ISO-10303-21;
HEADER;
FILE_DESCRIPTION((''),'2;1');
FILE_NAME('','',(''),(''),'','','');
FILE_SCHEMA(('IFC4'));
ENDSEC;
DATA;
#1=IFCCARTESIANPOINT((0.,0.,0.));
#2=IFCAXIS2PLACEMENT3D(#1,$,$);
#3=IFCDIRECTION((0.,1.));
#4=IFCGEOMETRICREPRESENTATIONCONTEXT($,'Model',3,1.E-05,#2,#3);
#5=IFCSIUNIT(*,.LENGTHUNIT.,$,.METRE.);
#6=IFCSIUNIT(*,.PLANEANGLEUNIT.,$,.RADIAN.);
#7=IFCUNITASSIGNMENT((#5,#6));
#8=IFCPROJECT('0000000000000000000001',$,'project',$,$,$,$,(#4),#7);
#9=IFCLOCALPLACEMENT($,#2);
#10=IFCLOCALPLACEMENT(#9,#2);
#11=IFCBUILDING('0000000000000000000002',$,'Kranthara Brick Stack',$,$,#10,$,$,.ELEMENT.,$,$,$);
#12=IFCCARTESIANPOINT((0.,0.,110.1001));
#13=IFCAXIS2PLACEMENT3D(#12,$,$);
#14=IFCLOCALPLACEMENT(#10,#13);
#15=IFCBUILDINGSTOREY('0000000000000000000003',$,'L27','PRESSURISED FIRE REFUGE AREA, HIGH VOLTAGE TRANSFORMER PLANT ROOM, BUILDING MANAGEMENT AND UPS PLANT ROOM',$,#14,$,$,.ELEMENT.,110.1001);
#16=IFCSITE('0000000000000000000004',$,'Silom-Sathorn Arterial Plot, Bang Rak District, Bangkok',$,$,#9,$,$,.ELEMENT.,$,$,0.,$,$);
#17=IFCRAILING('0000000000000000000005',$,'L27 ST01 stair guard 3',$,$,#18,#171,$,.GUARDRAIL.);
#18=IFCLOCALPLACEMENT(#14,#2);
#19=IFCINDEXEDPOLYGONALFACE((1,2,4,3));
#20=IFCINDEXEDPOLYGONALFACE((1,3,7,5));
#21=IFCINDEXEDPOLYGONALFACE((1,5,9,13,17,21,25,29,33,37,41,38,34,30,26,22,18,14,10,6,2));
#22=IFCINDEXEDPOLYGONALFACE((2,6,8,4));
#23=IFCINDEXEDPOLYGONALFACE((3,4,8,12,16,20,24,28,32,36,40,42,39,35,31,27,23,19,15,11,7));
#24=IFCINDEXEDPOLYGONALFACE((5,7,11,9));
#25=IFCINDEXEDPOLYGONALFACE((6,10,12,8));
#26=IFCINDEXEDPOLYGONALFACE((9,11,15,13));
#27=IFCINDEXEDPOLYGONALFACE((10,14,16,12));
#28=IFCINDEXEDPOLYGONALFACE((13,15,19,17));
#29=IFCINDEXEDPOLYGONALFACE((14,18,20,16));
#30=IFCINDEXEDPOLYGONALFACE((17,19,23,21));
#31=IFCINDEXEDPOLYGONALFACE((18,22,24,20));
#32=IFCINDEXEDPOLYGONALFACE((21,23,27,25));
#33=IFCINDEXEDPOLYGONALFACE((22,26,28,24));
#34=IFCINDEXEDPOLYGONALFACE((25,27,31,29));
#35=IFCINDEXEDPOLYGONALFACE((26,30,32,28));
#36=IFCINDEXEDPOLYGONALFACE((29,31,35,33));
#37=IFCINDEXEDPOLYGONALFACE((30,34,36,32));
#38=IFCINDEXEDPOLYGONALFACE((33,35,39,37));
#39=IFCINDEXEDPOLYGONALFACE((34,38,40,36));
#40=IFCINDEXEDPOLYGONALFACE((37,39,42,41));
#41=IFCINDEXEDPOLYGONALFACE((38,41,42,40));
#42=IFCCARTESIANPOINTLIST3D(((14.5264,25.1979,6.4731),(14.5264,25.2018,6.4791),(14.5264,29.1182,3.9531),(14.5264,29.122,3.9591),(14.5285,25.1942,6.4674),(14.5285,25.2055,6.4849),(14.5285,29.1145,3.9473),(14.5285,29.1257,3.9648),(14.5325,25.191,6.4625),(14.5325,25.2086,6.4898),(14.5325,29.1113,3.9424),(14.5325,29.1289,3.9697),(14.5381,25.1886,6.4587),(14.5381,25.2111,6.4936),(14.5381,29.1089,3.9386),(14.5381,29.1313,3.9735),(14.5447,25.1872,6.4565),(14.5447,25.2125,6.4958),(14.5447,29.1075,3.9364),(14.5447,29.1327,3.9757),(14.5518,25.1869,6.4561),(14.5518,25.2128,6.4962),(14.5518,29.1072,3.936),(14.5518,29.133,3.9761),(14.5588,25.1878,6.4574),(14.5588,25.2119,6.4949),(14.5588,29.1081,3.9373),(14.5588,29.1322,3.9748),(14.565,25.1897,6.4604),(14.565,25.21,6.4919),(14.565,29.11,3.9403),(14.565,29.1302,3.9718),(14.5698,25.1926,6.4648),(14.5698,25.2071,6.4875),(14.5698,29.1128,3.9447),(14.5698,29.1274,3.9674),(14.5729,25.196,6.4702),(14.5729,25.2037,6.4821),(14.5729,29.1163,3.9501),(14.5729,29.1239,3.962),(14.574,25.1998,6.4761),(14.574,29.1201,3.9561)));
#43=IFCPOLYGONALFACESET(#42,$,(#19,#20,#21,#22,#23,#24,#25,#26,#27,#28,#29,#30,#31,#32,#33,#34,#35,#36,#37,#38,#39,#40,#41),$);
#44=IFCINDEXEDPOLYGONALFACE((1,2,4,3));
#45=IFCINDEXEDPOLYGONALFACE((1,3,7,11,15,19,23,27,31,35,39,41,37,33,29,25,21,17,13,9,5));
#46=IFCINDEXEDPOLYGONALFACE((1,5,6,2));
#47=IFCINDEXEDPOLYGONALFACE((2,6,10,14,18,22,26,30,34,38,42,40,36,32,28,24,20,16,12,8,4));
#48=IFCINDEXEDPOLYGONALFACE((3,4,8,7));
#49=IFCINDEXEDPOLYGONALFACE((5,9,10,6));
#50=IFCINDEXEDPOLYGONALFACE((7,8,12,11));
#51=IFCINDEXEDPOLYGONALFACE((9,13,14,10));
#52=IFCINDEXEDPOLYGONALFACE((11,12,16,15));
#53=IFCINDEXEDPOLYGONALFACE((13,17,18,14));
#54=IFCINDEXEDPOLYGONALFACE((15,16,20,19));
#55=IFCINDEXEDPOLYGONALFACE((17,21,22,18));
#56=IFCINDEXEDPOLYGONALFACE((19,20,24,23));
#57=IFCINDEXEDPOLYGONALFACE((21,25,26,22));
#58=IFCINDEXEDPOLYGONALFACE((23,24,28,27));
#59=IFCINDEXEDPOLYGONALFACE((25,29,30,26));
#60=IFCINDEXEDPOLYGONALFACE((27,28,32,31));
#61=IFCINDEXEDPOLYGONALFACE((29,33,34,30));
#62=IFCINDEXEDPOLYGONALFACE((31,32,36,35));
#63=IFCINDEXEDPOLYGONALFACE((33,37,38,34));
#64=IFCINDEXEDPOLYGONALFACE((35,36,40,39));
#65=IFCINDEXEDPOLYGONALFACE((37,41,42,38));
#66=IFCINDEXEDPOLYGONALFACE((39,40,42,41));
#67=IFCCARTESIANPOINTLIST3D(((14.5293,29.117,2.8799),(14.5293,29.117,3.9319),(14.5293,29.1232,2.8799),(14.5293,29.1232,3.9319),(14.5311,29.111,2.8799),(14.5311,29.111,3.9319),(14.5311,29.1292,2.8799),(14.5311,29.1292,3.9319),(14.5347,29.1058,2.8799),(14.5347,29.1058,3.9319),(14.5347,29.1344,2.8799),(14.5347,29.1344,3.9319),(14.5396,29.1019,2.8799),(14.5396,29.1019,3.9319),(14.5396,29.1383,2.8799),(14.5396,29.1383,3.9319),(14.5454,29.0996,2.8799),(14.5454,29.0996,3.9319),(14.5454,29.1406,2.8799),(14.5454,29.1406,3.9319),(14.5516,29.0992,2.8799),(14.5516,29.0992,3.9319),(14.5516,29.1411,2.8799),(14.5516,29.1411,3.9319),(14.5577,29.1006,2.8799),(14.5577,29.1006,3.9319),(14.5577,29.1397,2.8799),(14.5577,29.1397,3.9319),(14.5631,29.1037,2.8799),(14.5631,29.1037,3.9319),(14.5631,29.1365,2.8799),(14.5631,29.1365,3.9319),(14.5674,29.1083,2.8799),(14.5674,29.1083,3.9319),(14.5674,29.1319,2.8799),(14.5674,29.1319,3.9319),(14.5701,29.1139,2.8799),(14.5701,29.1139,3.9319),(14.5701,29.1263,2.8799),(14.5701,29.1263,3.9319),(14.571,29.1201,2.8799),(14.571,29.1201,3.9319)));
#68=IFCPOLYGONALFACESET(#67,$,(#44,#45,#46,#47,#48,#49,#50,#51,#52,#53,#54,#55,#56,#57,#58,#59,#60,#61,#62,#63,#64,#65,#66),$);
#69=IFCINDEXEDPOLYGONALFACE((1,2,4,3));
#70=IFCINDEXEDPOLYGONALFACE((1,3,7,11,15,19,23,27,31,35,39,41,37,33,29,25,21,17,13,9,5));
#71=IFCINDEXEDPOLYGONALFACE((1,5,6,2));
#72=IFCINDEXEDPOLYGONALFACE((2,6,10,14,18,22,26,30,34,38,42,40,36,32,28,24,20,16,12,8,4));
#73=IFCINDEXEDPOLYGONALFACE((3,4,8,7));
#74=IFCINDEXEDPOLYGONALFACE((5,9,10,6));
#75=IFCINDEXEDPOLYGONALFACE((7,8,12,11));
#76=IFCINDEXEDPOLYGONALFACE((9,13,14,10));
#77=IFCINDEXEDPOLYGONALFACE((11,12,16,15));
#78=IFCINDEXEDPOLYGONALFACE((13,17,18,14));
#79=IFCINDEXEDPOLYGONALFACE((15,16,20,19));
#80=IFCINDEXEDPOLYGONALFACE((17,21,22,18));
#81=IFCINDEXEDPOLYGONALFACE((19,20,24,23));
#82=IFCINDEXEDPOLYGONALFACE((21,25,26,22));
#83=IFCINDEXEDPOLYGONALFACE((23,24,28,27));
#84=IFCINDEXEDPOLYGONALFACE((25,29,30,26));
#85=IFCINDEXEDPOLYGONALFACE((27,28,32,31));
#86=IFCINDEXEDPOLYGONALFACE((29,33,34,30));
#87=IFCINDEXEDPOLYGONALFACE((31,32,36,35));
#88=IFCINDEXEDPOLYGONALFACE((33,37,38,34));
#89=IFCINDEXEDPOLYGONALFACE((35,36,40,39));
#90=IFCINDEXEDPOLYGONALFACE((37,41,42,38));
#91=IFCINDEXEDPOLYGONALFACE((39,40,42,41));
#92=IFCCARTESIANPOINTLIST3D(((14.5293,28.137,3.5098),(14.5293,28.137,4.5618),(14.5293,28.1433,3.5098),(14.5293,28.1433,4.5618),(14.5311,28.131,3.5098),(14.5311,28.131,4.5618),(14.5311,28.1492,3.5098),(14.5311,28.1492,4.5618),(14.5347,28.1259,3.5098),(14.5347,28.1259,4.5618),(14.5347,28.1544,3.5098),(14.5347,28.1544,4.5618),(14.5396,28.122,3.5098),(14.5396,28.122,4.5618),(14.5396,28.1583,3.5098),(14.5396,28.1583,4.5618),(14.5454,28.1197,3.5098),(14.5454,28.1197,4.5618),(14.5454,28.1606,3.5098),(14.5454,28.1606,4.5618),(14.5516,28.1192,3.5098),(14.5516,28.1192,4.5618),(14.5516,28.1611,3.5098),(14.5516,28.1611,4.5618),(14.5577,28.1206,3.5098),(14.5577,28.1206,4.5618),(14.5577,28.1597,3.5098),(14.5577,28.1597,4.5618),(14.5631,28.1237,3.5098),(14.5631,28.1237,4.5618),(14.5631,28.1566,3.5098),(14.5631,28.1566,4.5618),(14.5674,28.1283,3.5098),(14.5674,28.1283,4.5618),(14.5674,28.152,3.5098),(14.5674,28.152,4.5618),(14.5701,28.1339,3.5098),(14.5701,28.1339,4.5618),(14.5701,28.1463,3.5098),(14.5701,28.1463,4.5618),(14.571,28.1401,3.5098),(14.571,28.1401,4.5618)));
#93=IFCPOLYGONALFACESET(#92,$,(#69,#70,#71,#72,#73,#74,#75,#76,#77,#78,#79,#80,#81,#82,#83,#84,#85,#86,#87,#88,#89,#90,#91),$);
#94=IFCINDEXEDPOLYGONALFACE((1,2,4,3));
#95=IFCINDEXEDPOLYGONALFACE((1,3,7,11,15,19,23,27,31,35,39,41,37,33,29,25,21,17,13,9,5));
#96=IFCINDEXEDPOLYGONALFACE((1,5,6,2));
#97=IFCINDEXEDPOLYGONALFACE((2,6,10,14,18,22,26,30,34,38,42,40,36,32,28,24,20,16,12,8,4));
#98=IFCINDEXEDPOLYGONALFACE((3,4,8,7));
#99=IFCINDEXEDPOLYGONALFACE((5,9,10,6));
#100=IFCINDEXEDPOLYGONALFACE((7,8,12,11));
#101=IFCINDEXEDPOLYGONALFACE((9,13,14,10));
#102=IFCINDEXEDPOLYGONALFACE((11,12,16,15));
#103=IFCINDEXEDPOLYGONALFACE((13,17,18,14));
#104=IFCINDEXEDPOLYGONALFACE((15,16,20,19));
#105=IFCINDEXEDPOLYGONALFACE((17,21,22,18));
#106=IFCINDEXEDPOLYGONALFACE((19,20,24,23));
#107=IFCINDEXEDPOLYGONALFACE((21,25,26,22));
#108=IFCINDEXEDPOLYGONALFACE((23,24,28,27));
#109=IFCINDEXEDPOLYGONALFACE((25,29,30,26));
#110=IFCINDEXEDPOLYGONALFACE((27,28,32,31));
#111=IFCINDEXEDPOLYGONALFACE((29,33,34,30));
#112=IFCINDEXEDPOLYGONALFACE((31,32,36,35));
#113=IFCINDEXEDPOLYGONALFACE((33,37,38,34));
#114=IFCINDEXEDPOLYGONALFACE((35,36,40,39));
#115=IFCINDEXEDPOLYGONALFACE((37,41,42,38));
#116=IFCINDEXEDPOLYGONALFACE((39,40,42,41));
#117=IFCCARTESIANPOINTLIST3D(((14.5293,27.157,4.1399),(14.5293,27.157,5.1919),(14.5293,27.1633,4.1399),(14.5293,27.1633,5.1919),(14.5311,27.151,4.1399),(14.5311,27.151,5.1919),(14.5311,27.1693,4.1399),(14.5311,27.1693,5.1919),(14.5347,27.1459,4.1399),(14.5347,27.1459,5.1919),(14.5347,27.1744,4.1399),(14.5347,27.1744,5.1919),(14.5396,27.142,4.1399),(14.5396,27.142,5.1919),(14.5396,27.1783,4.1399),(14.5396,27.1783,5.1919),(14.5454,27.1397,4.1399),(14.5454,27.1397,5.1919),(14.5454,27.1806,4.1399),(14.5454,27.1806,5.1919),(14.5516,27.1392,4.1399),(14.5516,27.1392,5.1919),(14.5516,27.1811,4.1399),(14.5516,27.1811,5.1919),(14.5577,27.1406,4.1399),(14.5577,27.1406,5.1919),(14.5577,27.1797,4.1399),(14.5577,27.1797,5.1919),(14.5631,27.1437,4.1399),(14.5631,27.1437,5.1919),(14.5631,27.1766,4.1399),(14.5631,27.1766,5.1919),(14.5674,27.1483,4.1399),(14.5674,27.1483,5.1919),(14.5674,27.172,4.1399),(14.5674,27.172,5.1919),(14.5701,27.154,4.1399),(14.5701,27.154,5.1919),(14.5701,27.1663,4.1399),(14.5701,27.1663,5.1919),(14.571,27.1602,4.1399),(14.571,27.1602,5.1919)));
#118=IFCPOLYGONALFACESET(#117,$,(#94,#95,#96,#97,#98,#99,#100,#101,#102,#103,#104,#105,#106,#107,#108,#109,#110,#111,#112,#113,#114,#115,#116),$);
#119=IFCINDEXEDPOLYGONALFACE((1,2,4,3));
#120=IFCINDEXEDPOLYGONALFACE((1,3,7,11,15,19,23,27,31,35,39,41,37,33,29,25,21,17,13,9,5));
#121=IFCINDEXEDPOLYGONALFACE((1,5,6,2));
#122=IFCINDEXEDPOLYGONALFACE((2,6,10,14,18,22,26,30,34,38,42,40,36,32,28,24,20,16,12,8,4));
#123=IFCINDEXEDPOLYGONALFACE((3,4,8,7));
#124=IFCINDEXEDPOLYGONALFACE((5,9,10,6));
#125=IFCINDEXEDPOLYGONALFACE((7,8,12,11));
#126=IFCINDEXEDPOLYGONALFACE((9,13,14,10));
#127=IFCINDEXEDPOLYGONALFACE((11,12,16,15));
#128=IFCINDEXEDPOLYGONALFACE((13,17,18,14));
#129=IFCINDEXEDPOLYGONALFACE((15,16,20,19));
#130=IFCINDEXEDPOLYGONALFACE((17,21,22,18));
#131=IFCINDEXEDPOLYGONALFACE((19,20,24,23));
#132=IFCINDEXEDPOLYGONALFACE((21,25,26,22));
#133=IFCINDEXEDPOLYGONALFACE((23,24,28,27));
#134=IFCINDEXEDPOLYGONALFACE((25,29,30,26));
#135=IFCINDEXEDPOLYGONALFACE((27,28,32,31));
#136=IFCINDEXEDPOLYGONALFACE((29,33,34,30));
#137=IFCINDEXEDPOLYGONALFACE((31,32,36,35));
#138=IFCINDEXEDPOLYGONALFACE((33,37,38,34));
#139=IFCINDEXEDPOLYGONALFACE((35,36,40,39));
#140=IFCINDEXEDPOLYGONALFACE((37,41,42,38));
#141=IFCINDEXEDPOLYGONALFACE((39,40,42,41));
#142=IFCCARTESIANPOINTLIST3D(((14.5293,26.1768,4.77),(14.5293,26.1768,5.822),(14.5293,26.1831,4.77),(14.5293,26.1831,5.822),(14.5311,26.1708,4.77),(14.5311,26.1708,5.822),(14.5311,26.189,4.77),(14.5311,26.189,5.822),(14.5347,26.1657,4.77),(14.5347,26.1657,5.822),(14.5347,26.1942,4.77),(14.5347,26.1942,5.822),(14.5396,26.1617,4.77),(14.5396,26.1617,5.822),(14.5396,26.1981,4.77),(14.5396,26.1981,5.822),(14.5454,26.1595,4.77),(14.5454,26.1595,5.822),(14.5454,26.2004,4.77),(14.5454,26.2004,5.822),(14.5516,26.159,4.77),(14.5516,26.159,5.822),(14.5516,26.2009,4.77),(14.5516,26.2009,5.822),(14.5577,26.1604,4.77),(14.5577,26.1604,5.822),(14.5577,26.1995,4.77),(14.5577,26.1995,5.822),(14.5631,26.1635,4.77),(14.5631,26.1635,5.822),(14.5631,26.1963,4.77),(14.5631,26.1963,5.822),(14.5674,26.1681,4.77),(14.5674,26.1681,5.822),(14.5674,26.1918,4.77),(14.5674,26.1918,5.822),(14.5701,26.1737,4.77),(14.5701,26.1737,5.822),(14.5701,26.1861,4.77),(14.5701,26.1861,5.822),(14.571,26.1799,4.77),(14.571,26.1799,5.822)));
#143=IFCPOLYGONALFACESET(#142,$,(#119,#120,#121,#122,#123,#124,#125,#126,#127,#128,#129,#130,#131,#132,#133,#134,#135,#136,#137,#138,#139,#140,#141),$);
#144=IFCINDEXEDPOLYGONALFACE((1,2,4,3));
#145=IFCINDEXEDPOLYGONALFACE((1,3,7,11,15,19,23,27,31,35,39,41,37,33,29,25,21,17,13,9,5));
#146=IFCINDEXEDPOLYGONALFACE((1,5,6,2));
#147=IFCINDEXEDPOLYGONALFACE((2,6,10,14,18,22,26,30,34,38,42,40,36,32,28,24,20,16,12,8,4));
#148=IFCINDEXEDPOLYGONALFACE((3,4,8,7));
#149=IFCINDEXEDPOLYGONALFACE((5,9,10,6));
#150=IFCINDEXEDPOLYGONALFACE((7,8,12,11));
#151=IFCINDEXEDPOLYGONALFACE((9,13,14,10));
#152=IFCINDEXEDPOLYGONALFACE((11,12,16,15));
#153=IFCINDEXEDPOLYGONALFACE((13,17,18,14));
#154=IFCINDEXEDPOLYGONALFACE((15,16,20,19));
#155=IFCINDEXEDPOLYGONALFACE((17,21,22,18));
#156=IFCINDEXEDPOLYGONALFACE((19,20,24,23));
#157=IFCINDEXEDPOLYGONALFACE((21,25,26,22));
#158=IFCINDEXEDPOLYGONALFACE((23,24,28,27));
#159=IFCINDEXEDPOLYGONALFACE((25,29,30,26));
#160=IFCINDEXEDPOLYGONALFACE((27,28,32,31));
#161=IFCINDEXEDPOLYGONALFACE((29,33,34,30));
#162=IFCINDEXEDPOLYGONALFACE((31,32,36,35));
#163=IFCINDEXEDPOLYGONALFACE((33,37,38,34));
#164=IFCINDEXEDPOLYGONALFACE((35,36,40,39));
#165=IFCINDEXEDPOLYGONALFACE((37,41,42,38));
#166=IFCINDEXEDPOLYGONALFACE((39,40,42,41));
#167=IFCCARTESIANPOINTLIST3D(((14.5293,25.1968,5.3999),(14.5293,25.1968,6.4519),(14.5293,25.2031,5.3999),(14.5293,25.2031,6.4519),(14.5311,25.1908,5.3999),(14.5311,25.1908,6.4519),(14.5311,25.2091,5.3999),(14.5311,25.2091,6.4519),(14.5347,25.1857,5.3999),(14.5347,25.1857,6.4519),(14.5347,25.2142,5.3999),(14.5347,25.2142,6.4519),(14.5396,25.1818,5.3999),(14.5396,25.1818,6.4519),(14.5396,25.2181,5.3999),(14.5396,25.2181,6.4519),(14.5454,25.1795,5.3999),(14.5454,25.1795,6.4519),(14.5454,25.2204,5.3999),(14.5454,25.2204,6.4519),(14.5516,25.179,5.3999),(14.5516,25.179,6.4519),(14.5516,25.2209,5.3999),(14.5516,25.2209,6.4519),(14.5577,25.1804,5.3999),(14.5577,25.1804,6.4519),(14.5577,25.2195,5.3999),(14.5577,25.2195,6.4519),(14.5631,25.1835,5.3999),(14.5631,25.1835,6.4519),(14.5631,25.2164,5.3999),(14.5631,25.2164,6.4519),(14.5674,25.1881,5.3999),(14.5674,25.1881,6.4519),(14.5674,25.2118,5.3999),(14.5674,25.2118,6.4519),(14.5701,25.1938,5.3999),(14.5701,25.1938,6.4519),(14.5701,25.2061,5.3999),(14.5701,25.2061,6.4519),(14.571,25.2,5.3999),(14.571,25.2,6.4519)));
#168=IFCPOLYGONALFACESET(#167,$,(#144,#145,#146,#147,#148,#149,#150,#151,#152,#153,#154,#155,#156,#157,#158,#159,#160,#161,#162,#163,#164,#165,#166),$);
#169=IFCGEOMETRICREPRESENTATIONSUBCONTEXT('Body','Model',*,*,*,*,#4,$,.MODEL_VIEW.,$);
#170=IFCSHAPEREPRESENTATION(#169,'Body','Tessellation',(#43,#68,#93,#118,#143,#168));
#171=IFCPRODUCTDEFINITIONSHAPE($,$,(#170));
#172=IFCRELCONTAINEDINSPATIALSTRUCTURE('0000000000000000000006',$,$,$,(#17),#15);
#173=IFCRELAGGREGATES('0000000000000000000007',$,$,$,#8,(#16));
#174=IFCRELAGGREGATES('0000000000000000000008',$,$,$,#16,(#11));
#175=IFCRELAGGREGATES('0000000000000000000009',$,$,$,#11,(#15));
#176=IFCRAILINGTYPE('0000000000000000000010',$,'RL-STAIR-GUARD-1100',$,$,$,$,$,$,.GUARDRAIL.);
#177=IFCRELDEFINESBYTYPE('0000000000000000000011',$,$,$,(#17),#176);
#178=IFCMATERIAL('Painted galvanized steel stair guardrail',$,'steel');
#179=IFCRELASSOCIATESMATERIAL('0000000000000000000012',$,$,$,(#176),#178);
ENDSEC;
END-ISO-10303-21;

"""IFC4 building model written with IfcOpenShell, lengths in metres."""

from ifc_helpers import new_model, si_unit, direction, frame, origin, origin_2d, place, context, subcontext, project, spatial, circle, extrude, material, type_object, element, save


model = new_model("IFC4")

# Units and contexts
model_context = context("Model", 3, precision=1e-05, world=origin(), true_north=direction((0.0, 1.0)))
body_context = subcontext(model_context, "Body", "Model", "MODEL_VIEW")
ifc_project = project(units=[si_unit("LENGTHUNIT", "METRE"), si_unit("PLANEANGLEUNIT", "RADIAN")], contexts=[model_context])

# Site, building, storey
site_placement = place(None, origin())
site = spatial("IfcSite", under=ifc_project, at=site_placement, Name="Silom-Sathorn Arterial Plot, Bang Rak District, Bangkok", CompositionType="ELEMENT", RefElevation=0.0)
building_placement = place(site_placement, origin())
building = spatial("IfcBuilding", under=site, at=building_placement, Name="Kranthara Brick Stack", CompositionType="ELEMENT")
storey_placement = place(building_placement, frame((0.0, 0.0, 110.1001)))
storey = spatial("IfcBuildingStorey", under=building, at=storey_placement, Name="L27", Description="PRESSURISED FIRE REFUGE AREA, HIGH VOLTAGE TRANSFORMER PLANT ROOM, BUILDING MANAGEMENT AND UPS PLANT ROOM", CompositionType="ELEMENT", Elevation=110.1001)

# Railing
ifc_material_1 = material(Name="Painted galvanized steel stair guardrail", Category="steel")
railing_type_1 = type_object("IfcRailingType", Name="RL-STAIR-GUARD-1100", PredefinedType="GUARDRAIL", material=ifc_material_1)
railing_1_placement = place(storey_placement, frame((14.55, 29.1201, 2.8799)))
element("IfcRailing", 1, at=railing_1_placement, inside=storey, type_object=railing_type_1, Name="L27 ST01 stair guard 3", PredefinedType="GUARDRAIL", context=body_context, shape_type="SweptSolid", body=[
    extrude(circle(Radius=0.0239, at=origin_2d()), frame((0.0, 0.0, 1.0762), z_axis=(0.0, -0.841187, 0.540744), x_axis=(1.0, 0.0, 0.0)), (0.0, 0.0, 1.0), 4.6604),
    extrude(circle(Radius=0.021, at=origin_2d()), origin(), (0.0, 0.0, 1.0), 1.052),
    extrude(circle(Radius=0.021, at=origin_2d()), frame((0.0, -0.98, 0.6299)), (0.0, 0.0, 1.0), 1.052),
    extrude(circle(Radius=0.021, at=origin_2d()), frame((0.0, -1.96, 1.26)), (0.0, 0.0, 1.0), 1.052),
    extrude(circle(Radius=0.021, at=origin_2d()), frame((0.0, -2.9402, 1.8901)), (0.0, 0.0, 1.0), 1.052),
    extrude(circle(Radius=0.021, at=origin_2d()), frame((0.0, -3.9202, 2.52)), (0.0, 0.0, 1.0), 1.052),
])

save(model, "model.ifc")
